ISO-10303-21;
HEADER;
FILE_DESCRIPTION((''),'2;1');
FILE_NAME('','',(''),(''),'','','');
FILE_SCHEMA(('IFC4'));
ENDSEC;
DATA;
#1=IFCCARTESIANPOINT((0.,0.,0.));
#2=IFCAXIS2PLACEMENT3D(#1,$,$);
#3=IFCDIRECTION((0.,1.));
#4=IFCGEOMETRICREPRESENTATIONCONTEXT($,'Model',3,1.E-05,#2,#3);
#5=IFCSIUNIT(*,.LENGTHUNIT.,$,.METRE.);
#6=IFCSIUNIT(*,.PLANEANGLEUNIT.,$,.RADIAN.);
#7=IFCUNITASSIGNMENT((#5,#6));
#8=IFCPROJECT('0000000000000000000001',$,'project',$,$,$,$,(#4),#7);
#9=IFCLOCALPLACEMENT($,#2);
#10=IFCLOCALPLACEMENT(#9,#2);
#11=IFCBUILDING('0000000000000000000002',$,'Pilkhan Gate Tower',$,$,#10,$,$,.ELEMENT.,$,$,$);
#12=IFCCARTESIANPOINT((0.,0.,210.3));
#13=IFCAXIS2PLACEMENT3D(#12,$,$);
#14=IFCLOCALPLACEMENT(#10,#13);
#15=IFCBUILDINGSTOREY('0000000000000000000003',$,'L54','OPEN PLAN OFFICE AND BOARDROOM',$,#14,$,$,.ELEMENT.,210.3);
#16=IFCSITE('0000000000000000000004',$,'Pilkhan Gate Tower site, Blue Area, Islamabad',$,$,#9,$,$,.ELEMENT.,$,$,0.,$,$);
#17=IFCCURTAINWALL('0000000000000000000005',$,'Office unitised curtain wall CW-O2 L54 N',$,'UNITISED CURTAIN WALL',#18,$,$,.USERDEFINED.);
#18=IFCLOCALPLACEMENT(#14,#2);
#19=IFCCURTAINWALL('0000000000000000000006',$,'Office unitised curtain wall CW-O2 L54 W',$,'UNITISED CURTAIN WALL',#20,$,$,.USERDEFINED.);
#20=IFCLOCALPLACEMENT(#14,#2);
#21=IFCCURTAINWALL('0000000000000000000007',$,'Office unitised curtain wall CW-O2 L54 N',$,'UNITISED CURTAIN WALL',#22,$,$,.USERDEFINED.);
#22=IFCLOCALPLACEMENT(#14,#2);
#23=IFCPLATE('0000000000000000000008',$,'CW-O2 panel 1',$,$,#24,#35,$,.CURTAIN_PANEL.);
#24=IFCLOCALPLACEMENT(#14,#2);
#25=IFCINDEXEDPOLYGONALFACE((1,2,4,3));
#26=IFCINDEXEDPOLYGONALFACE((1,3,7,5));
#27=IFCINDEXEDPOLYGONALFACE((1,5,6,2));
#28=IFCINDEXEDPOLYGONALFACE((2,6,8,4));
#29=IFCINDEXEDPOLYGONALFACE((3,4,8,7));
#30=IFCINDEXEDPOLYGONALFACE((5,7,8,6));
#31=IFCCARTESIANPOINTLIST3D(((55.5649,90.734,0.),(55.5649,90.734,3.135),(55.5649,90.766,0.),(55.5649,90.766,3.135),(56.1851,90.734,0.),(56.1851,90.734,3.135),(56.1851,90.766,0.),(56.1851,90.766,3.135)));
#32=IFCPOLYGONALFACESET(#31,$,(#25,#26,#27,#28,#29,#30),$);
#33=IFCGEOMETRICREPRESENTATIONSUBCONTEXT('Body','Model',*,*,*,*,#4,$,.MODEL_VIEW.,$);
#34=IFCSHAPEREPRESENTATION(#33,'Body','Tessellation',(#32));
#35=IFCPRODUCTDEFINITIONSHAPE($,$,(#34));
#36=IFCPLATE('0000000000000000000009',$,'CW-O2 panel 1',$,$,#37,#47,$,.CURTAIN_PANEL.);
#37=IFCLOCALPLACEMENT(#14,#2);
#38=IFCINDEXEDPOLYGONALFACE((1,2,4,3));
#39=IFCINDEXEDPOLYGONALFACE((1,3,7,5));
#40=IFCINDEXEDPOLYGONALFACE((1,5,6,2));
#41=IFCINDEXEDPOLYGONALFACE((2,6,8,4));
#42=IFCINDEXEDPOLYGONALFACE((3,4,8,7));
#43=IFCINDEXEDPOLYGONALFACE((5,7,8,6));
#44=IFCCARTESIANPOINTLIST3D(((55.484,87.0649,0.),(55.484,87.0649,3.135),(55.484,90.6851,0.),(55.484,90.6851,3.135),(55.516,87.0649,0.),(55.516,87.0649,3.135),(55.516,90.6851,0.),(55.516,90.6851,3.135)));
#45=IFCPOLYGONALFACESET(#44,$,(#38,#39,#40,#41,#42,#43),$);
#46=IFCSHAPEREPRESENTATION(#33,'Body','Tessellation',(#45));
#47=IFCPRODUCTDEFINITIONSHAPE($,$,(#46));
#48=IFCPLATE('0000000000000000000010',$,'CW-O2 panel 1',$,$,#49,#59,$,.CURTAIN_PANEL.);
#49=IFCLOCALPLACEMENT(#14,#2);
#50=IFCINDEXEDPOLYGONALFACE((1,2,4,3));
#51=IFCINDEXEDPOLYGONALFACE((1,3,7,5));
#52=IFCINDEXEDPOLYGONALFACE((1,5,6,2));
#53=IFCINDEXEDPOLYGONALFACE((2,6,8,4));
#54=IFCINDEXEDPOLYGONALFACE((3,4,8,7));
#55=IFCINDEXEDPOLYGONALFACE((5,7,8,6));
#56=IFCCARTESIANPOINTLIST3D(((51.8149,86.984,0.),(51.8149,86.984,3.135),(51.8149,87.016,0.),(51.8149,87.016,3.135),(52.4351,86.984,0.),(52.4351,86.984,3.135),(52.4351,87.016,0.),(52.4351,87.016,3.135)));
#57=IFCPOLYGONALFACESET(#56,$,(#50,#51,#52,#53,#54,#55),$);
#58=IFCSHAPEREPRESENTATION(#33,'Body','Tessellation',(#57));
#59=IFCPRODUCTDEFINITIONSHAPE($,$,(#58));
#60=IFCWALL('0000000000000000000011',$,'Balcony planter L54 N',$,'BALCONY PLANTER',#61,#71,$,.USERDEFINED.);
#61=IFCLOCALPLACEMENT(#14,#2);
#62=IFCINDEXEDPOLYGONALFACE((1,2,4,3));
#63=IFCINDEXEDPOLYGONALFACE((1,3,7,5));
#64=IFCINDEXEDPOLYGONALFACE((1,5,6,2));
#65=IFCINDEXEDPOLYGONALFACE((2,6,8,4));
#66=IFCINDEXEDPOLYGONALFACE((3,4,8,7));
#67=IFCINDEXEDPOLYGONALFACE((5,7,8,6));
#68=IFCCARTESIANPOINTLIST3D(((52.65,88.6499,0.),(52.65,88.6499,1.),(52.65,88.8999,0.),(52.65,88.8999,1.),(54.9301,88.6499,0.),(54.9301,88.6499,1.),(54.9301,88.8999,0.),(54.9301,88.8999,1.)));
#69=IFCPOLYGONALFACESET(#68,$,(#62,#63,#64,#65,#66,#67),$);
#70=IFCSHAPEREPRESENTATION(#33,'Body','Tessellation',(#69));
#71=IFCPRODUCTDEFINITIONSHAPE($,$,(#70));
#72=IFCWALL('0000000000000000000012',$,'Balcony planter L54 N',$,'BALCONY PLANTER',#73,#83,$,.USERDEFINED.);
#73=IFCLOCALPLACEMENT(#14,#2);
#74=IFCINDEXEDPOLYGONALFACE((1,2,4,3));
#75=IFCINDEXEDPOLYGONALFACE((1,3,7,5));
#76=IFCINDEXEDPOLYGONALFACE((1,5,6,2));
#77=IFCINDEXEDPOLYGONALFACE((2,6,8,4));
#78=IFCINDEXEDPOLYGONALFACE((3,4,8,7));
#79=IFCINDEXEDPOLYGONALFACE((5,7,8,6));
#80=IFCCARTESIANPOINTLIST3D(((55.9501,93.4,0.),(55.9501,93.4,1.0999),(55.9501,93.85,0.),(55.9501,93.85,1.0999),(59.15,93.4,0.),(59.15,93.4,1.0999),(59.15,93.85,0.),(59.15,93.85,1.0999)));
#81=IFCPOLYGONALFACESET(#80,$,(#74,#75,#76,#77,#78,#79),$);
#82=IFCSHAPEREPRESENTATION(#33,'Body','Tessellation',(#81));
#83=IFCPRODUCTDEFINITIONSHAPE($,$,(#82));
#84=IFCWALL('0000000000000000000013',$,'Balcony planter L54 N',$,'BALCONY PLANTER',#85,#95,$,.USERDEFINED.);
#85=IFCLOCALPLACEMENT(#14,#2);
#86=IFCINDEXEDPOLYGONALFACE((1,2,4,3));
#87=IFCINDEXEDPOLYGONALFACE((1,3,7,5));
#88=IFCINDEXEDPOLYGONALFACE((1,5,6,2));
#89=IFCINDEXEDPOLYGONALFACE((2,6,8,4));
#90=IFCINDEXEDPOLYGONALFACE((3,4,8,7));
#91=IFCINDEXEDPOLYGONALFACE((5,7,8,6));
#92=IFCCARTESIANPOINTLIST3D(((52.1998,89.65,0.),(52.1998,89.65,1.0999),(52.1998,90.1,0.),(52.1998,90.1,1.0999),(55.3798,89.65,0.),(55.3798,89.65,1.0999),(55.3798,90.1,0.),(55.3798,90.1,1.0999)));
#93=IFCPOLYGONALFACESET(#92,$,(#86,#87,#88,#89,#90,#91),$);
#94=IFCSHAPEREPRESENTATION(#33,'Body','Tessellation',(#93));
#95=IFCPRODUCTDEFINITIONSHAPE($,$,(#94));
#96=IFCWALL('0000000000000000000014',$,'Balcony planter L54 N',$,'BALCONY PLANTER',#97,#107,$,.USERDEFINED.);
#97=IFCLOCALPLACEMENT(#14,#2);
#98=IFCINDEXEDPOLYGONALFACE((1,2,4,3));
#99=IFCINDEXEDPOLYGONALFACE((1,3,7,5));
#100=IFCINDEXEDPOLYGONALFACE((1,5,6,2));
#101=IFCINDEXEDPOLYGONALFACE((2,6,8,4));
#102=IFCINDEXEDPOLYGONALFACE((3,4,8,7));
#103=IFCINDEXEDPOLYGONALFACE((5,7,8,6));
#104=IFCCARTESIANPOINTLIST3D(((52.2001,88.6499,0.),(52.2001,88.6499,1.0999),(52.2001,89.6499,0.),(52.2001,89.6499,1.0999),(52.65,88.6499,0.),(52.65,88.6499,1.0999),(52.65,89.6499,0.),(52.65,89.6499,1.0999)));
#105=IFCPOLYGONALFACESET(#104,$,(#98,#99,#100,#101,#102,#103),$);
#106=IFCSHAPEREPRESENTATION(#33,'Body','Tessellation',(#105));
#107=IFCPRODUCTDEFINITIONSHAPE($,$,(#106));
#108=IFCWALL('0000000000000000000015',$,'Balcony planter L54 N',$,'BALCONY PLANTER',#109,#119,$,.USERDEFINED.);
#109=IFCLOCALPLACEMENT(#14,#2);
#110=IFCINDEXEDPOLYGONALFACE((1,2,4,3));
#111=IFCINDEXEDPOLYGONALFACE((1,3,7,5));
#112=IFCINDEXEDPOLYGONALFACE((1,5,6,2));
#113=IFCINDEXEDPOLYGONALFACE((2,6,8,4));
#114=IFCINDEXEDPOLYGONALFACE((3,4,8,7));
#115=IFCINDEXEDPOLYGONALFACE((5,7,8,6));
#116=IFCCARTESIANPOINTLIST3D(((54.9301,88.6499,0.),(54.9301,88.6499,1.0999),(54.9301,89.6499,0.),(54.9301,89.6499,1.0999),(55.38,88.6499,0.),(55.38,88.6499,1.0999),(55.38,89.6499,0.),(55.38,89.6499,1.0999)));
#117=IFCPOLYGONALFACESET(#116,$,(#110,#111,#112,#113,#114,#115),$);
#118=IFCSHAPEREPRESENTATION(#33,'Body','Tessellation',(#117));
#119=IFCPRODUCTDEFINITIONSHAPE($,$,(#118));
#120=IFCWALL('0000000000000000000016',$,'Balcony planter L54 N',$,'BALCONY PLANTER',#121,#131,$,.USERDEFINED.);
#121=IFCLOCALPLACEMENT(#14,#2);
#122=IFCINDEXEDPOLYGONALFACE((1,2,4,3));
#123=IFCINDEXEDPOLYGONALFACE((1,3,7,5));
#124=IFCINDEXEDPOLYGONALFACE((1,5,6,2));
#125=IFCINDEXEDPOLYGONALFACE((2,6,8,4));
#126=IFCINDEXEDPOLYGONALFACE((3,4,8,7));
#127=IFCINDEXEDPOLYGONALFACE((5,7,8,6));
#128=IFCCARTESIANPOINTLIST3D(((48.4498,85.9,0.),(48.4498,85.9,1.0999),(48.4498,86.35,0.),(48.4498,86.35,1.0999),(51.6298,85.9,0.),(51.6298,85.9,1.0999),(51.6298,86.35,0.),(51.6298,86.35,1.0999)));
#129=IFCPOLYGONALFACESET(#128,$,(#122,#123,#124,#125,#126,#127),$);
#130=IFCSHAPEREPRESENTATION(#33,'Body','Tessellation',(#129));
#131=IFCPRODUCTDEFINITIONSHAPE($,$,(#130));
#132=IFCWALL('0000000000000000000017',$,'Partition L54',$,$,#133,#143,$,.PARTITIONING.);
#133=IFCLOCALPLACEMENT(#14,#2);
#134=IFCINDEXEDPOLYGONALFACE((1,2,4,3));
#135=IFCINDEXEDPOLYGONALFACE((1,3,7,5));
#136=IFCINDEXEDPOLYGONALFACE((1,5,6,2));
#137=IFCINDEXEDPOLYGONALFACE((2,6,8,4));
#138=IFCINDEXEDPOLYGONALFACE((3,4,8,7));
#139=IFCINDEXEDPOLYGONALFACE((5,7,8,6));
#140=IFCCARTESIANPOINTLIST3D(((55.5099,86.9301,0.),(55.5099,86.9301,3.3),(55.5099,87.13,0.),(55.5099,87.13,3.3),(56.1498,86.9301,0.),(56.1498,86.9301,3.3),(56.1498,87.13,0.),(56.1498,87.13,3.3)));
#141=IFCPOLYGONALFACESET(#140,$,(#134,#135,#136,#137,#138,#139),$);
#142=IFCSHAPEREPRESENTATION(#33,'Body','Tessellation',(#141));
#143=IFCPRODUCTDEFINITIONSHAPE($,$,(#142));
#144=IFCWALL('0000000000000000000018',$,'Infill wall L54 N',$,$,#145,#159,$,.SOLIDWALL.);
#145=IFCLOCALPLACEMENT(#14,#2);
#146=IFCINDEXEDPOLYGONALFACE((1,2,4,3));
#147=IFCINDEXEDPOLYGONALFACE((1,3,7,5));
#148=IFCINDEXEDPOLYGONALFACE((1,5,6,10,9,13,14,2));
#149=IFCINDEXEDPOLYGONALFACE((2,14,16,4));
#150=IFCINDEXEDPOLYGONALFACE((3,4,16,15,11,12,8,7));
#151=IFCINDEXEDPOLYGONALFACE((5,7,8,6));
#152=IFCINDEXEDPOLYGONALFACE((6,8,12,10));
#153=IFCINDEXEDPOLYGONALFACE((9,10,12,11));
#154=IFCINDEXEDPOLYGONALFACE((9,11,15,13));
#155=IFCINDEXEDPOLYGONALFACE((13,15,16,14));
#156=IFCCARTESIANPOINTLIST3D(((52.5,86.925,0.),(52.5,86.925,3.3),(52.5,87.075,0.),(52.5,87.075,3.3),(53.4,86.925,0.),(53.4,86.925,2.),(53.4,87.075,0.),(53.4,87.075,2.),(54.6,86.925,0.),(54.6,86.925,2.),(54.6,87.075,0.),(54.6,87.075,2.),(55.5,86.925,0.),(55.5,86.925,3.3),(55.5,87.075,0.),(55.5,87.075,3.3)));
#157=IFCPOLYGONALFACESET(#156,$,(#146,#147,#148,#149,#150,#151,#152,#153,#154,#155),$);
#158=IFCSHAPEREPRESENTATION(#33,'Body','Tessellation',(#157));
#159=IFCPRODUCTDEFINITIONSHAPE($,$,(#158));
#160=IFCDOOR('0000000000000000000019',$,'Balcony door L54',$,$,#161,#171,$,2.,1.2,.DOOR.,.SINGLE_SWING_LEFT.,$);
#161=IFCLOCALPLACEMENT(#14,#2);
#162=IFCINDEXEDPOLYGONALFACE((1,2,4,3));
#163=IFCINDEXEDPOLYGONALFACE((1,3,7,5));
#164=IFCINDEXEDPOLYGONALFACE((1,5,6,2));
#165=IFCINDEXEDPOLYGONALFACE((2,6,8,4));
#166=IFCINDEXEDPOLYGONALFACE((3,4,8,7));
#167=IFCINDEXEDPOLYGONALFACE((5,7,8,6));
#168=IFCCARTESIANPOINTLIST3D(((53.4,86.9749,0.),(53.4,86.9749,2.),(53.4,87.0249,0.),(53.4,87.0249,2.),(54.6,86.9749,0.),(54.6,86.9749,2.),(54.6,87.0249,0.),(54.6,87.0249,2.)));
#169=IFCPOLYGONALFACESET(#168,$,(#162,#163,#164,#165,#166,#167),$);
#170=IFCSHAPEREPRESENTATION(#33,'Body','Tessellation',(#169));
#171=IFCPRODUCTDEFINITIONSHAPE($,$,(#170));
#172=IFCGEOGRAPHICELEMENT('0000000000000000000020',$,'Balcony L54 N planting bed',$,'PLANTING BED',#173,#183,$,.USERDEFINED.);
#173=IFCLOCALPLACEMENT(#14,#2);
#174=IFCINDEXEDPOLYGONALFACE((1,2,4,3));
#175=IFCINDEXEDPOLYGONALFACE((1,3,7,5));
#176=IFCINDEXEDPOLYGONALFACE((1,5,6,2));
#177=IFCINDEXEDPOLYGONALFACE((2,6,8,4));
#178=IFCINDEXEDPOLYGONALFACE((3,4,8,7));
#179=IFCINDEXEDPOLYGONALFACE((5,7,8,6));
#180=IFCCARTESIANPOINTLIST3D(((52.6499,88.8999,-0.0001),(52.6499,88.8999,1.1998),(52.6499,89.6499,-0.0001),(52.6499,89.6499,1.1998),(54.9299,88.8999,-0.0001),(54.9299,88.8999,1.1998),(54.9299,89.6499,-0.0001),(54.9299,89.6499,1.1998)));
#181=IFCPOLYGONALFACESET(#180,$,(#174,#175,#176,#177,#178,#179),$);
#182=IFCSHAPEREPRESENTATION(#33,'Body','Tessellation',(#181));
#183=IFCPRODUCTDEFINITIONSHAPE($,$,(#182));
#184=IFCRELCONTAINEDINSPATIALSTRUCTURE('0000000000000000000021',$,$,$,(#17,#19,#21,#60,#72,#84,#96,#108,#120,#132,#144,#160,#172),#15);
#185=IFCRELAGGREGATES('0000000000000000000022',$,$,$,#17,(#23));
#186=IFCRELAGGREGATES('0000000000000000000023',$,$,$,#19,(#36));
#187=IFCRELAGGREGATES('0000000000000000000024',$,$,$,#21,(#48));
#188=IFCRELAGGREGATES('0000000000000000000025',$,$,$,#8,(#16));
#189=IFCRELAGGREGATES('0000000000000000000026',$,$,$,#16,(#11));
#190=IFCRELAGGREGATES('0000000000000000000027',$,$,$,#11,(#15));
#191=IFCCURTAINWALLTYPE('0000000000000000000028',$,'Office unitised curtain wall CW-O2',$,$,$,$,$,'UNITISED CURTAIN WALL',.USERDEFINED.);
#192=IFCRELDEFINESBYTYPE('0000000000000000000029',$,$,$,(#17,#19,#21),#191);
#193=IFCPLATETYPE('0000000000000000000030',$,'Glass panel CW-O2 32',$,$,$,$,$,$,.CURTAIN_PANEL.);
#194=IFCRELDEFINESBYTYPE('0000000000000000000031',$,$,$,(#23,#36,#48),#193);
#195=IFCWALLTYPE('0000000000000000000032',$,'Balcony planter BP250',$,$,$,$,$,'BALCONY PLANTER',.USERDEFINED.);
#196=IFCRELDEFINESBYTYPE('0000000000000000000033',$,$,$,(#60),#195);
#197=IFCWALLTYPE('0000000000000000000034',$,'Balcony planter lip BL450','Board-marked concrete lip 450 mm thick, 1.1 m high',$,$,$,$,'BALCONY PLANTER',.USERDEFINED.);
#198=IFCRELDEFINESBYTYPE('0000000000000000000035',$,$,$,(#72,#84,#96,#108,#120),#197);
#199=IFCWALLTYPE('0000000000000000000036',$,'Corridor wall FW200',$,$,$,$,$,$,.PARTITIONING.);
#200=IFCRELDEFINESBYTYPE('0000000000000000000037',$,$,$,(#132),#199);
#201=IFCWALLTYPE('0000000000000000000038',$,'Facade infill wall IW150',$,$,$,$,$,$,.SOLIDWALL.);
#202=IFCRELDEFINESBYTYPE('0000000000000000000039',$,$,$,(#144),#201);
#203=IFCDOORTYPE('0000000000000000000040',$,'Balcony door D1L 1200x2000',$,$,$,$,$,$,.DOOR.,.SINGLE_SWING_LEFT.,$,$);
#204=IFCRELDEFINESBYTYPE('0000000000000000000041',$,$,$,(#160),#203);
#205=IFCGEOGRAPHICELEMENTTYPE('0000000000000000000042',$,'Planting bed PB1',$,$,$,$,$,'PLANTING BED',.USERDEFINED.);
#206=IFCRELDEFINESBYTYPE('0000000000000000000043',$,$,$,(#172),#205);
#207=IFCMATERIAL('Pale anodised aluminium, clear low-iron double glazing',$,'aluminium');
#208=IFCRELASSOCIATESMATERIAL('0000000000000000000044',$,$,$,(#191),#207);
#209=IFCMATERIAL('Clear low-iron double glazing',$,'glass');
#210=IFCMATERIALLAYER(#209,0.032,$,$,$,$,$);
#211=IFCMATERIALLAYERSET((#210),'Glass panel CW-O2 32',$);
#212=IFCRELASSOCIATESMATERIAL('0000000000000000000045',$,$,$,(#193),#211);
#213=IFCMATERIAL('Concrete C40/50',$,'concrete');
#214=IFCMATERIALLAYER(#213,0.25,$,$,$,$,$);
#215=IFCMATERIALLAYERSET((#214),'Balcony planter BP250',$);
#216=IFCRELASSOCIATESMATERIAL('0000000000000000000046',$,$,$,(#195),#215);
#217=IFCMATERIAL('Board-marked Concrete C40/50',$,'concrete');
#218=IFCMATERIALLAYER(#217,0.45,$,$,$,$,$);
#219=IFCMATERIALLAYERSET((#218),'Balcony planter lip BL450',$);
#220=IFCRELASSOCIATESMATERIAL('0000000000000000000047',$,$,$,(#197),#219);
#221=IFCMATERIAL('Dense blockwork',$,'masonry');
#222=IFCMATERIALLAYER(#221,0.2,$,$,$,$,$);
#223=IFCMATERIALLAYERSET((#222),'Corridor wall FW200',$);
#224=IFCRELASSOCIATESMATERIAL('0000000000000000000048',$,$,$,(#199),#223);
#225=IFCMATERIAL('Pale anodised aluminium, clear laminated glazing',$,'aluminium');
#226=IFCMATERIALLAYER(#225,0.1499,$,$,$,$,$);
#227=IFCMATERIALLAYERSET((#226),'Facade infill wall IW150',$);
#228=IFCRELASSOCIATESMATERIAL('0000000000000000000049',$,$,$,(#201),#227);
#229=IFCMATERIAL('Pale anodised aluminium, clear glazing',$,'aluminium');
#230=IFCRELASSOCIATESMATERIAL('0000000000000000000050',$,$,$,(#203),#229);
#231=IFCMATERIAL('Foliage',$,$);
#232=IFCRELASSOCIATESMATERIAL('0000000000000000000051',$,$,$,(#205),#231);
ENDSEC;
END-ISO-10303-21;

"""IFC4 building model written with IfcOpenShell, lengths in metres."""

from ifc_helpers import new_model, si_unit, direction, frame, frame_2d, origin, origin_2d, place, context, subcontext, project, spatial, rectangle, extrude, material, layer, layer_set, material_profile, profile_set, type_object, element, fill, aggregate, save


model = new_model("IFC4")

# Units and contexts
model_context = context("Model", 3, precision=1e-05, world=origin(), true_north=direction((0.0, 1.0)))
body_context = subcontext(model_context, "Body", "Model", "MODEL_VIEW")
ifc_project = project(units=[si_unit("LENGTHUNIT", "METRE"), si_unit("PLANEANGLEUNIT", "RADIAN")], contexts=[model_context])

# Site, building, storey
site_placement = place(None, origin())
site = spatial("IfcSite", under=ifc_project, at=site_placement, Name="Pilkhan Gate Tower site, Blue Area, Islamabad", CompositionType="ELEMENT", RefElevation=0.0)
building_placement = place(site_placement, origin())
building = spatial("IfcBuilding", under=site, at=building_placement, Name="Pilkhan Gate Tower", CompositionType="ELEMENT")
storey_placement = place(building_placement, frame((0.0, 0.0, 210.3)))
storey = spatial("IfcBuildingStorey", under=building, at=storey_placement, Name="L54", Description="OPEN PLAN OFFICE AND BOARDROOM", CompositionType="ELEMENT", Elevation=210.3)

# Curtain wall
ifc_material_1 = material(Name="Pale anodised aluminium, clear low-iron double glazing", Category="aluminium")
curtain_wall_type = type_object("IfcCurtainWallType", Name="Office unitised curtain wall CW-O2", ElementType="UNITISED CURTAIN WALL", PredefinedType="USERDEFINED", material=ifc_material_1)
curtain_wall_1_placement = place(storey_placement, origin())
curtain_wall_1 = element("IfcCurtainWall", 1, at=curtain_wall_1_placement, inside=storey, type_object=curtain_wall_type, Name="Office unitised curtain wall CW-O2 L54 N", ObjectType="UNITISED CURTAIN WALL", PredefinedType="USERDEFINED")

# Curtain walls
curtain_wall_2_placement = place(storey_placement, origin())
curtain_wall_2 = element("IfcCurtainWall", 2, at=curtain_wall_2_placement, inside=storey, type_object=curtain_wall_type, Name="Office unitised curtain wall CW-O2 L54 W", ObjectType="UNITISED CURTAIN WALL", PredefinedType="USERDEFINED")
curtain_wall_3_placement = place(storey_placement, origin())
curtain_wall_3 = element("IfcCurtainWall", 3, at=curtain_wall_3_placement, inside=storey, type_object=curtain_wall_type, Name="Office unitised curtain wall CW-O2 L54 N", ObjectType="UNITISED CURTAIN WALL", PredefinedType="USERDEFINED")

# Plates
ifc_material_2 = material(Name="Clear low-iron double glazing", Category="glass")
ifc_layer_1 = layer(ifc_material_2, 0.032)
ifc_layer_set_1 = layer_set([ifc_layer_1], Name="Glass panel CW-O2 32")
plate_type = type_object("IfcPlateType", Name="Glass panel CW-O2 32", PredefinedType="CURTAIN_PANEL", material=ifc_layer_set_1)
plate_1_placement = place(storey_placement, frame((55.875, 90.75, 0.0), z_axis=(0.0, 0.0, 1.0), x_axis=(1.0, 0.0, 0.0)))
plate_1 = element("IfcPlate", 4, at=plate_1_placement, type_object=plate_type, Name="CW-O2 panel 1", PredefinedType="CURTAIN_PANEL", context=body_context, shape_type="SweptSolid", body=[
    extrude(rectangle(XDim=0.6201, YDim=0.032, at=origin_2d()), origin(), (0.0, 0.0, 1.0), 3.135),
])
aggregate(curtain_wall_1, [plate_1])
plate_2_placement = place(storey_placement, frame((55.5, 88.875, 0.0), z_axis=(0.0, 0.0, 1.0), x_axis=(0.0, 1.0, 0.0)))
plate_2 = element("IfcPlate", 5, at=plate_2_placement, type_object=plate_type, Name="CW-O2 panel 1", PredefinedType="CURTAIN_PANEL", context=body_context, shape_type="SweptSolid", body=[
    extrude(rectangle(XDim=3.6201, YDim=0.032, at=origin_2d()), origin(), (0.0, 0.0, 1.0), 3.135),
])
aggregate(curtain_wall_2, [plate_2])
plate_3_placement = place(storey_placement, frame((52.125, 87.0, 0.0), z_axis=(0.0, 0.0, 1.0), x_axis=(1.0, 0.0, 0.0)))
plate_3 = element("IfcPlate", 6, at=plate_3_placement, type_object=plate_type, Name="CW-O2 panel 1", PredefinedType="CURTAIN_PANEL", context=body_context, shape_type="SweptSolid", body=[
    extrude(rectangle(XDim=0.6201, YDim=0.032, at=origin_2d()), origin(), (0.0, 0.0, 1.0), 3.135),
])
aggregate(curtain_wall_3, [plate_3])

# Walls
ifc_material_3 = material(Name="Concrete C40/50", Category="concrete")
ifc_layer_2 = layer(ifc_material_3, 0.25)
ifc_layer_set_2 = layer_set([ifc_layer_2], Name="Balcony planter BP250")
wall_type_1 = type_object("IfcWallType", Name="Balcony planter BP250", ElementType="BALCONY PLANTER", PredefinedType="USERDEFINED", material=ifc_layer_set_2)
wall_1_placement = place(storey_placement, frame((52.6499, 88.7749, 0.0), z_axis=(0.0, 0.0, 1.0), x_axis=(1.0, 0.0, 0.0)))
element("IfcWall", 7, at=wall_1_placement, inside=storey, type_object=wall_type_1, Name="Balcony planter L54 N", ObjectType="BALCONY PLANTER", PredefinedType="USERDEFINED", context=body_context, shape_type="SweptSolid", body=[
    extrude(rectangle(XDim=2.28, YDim=0.25, at=frame_2d((1.1401, 0.0))), origin(), (0.0, 0.0, 1.0), 1.0),
])
ifc_material_4 = material(Name="Board-marked Concrete C40/50", Category="concrete")
ifc_layer_3 = layer(ifc_material_4, 0.45)
ifc_layer_set_3 = layer_set([ifc_layer_3], Name="Balcony planter lip BL450")
wall_type_2 = type_object("IfcWallType", Name="Balcony planter lip BL450", Description="Board-marked concrete lip 450 mm thick, 1.1 m high", ElementType="BALCONY PLANTER", PredefinedType="USERDEFINED", material=ifc_layer_set_3)
wall_2_placement = place(storey_placement, frame((55.95, 93.625, 0.0), z_axis=(0.0, 0.0, 1.0), x_axis=(1.0, 0.0, 0.0)))
element("IfcWall", 8, at=wall_2_placement, inside=storey, type_object=wall_type_2, Name="Balcony planter L54 N", ObjectType="BALCONY PLANTER", PredefinedType="USERDEFINED", context=body_context, shape_type="SweptSolid", body=[
    extrude(rectangle(XDim=3.2, YDim=0.45, at=frame_2d((1.6001, 0.0))), origin(), (0.0, 0.0, 1.0), 1.0999),
])
wall_3_placement = place(storey_placement, frame((52.2, 89.875, 0.0), z_axis=(0.0, 0.0, 1.0), x_axis=(1.0, 0.0, 0.0)))
element("IfcWall", 9, at=wall_3_placement, inside=storey, type_object=wall_type_2, Name="Balcony planter L54 N", ObjectType="BALCONY PLANTER", PredefinedType="USERDEFINED", context=body_context, shape_type="SweptSolid", body=[
    extrude(rectangle(XDim=3.1799, YDim=0.45, at=frame_2d((1.5898, 0.0))), origin(), (0.0, 0.0, 1.0), 1.0999),
])
for number, where, z_axis, x_axis, name in (
    (10, (52.425, 88.6499, 0.0), (0.0, 0.0, 1.0), (0.0, 1.0, 0.0), "Balcony planter L54 N"),
    (11, (55.155, 88.6499, 0.0), (0.0, 0.0, 1.0), (0.0, 1.0, 0.0), "Balcony planter L54 N"),
):
    element("IfcWall", number, at=place(storey_placement, frame(where, z_axis=z_axis, x_axis=x_axis)), inside=storey, type_object=wall_type_2, Name=name, ObjectType="BALCONY PLANTER", PredefinedType="USERDEFINED", context=body_context, shape_type="SweptSolid", body=[
        extrude(rectangle(XDim=1.0, YDim=0.45, at=frame_2d((0.5, 0.0))), origin(), (0.0, 0.0, 1.0), 1.0999),
    ])
wall_4_placement = place(storey_placement, frame((48.45, 86.125, 0.0), z_axis=(0.0, 0.0, 1.0), x_axis=(1.0, 0.0, 0.0)))
element("IfcWall", 12, at=wall_4_placement, inside=storey, type_object=wall_type_2, Name="Balcony planter L54 N", ObjectType="BALCONY PLANTER", PredefinedType="USERDEFINED", context=body_context, shape_type="SweptSolid", body=[
    extrude(rectangle(XDim=3.1799, YDim=0.45, at=frame_2d((1.5898, 0.0))), origin(), (0.0, 0.0, 1.0), 1.0999),
])
ifc_material_5 = material(Name="Dense blockwork", Category="masonry")
ifc_layer_4 = layer(ifc_material_5, 0.2)
ifc_layer_set_4 = layer_set([ifc_layer_4], Name="Corridor wall FW200")
wall_type_3 = type_object("IfcWallType", Name="Corridor wall FW200", PredefinedType="PARTITIONING", material=ifc_layer_set_4)
wall_5_placement = place(storey_placement, frame((55.51, 87.03, 0.0), z_axis=(0.0, 0.0, 1.0), x_axis=(1.0, 0.0, 0.0)))
element("IfcWall", 13, at=wall_5_placement, inside=storey, type_object=wall_type_3, Name="Partition L54", PredefinedType="PARTITIONING", context=body_context, shape_type="SweptSolid", body=[
    extrude(rectangle(XDim=0.6399, YDim=0.2, at=frame_2d((0.3198, 0.0))), origin(), (0.0, 0.0, 1.0), 3.3),
])

# Wall, opening, door
ifc_material_6 = material(Name="Pale anodised aluminium, clear laminated glazing", Category="aluminium")
ifc_layer_5 = layer(ifc_material_6, 0.1499)
ifc_layer_set_5 = layer_set([ifc_layer_5], Name="Facade infill wall IW150")
wall_type_4 = type_object("IfcWallType", Name="Facade infill wall IW150", PredefinedType="SOLIDWALL", material=ifc_layer_set_5)
wall_6_placement = place(storey_placement, frame((52.5, 87.0, 0.0), z_axis=(0.0, 0.0, 1.0), x_axis=(1.0, 0.0, 0.0)))
wall_6 = element("IfcWall", 14, at=wall_6_placement, inside=storey, type_object=wall_type_4, Name="Infill wall L54 N", PredefinedType="SOLIDWALL", context=body_context, shape_type="SweptSolid", body=[
    extrude(rectangle(XDim=3.0, YDim=0.1499, at=frame_2d((1.5, 0.0))), origin(), (0.0, 0.0, 1.0), 3.3),
])
opening_placement = place(wall_6_placement, frame((0.8999, 0.0, 0.0)))
opening = element("IfcOpeningElement", 15, at=opening_placement, cuts=wall_6, PredefinedType="OPENING", context=body_context, shape_type="SweptSolid", body=[
    extrude(rectangle(XDim=1.2, YDim=2.0, at=frame_2d((0.6001, 1.0))), frame((0.0, 0.085, 0.0), z_axis=(0.0, -1.0, 0.0), x_axis=(1.0, 0.0, 0.0)), (0.0, 0.0, 1.0), 0.1699),
])
ifc_material_7 = material(Name="Pale anodised aluminium, clear glazing", Category="aluminium")
door_type = type_object("IfcDoorType", Name="Balcony door D1L 1200x2000", OperationType="SINGLE_SWING_LEFT", PredefinedType="DOOR", material=ifc_material_7)
door_placement = place(opening_placement, origin())
door = element("IfcDoor", 16, at=door_placement, inside=storey, type_object=door_type, Name="Balcony door L54", OperationType="SINGLE_SWING_LEFT", OverallHeight=2.0, OverallWidth=1.2, PredefinedType="DOOR", context=body_context, shape_type="SweptSolid", body=[
    extrude(rectangle(XDim=1.2, YDim=2.0, at=frame_2d((0.6001, 1.0))), frame((0.0, 0.0249, 0.0), z_axis=(0.0, -1.0, 0.0), x_axis=(1.0, 0.0, 0.0)), (0.0, 0.0, 1.0), 0.05),
])
fill(opening, door)

# Geographic element
ifc_material_8 = material(Name="Foliage")
ifc_material_profile_1 = material_profile(ifc_material_8, rectangle(XDim=0.75, YDim=1.2, at=origin_2d()), Name="Bed 750x1200")
ifc_profile_set_1 = profile_set([ifc_material_profile_1], Name="Foliage")
geographic_element_type_1 = type_object("IfcGeographicElementType", Name="Planting bed PB1", ElementType="PLANTING BED", PredefinedType="USERDEFINED", material=ifc_profile_set_1)
geographic_element_placement = place(storey_placement, frame((52.6499, 89.2749, 0.5999), z_axis=(1.0, 0.0, 0.0), x_axis=(0.0, 1.0, 0.0)))
element("IfcGeographicElement", 17, at=geographic_element_placement, inside=storey, type_object=geographic_element_type_1, Name="Balcony L54 N planting bed", ObjectType="PLANTING BED", PredefinedType="USERDEFINED", context=body_context, shape_type="SweptSolid", body=[
    extrude(rectangle(XDim=0.75, YDim=1.2, at=origin_2d()), origin(), (0.0, 0.0, 1.0), 2.28),
])

save(model, "model.ifc")
